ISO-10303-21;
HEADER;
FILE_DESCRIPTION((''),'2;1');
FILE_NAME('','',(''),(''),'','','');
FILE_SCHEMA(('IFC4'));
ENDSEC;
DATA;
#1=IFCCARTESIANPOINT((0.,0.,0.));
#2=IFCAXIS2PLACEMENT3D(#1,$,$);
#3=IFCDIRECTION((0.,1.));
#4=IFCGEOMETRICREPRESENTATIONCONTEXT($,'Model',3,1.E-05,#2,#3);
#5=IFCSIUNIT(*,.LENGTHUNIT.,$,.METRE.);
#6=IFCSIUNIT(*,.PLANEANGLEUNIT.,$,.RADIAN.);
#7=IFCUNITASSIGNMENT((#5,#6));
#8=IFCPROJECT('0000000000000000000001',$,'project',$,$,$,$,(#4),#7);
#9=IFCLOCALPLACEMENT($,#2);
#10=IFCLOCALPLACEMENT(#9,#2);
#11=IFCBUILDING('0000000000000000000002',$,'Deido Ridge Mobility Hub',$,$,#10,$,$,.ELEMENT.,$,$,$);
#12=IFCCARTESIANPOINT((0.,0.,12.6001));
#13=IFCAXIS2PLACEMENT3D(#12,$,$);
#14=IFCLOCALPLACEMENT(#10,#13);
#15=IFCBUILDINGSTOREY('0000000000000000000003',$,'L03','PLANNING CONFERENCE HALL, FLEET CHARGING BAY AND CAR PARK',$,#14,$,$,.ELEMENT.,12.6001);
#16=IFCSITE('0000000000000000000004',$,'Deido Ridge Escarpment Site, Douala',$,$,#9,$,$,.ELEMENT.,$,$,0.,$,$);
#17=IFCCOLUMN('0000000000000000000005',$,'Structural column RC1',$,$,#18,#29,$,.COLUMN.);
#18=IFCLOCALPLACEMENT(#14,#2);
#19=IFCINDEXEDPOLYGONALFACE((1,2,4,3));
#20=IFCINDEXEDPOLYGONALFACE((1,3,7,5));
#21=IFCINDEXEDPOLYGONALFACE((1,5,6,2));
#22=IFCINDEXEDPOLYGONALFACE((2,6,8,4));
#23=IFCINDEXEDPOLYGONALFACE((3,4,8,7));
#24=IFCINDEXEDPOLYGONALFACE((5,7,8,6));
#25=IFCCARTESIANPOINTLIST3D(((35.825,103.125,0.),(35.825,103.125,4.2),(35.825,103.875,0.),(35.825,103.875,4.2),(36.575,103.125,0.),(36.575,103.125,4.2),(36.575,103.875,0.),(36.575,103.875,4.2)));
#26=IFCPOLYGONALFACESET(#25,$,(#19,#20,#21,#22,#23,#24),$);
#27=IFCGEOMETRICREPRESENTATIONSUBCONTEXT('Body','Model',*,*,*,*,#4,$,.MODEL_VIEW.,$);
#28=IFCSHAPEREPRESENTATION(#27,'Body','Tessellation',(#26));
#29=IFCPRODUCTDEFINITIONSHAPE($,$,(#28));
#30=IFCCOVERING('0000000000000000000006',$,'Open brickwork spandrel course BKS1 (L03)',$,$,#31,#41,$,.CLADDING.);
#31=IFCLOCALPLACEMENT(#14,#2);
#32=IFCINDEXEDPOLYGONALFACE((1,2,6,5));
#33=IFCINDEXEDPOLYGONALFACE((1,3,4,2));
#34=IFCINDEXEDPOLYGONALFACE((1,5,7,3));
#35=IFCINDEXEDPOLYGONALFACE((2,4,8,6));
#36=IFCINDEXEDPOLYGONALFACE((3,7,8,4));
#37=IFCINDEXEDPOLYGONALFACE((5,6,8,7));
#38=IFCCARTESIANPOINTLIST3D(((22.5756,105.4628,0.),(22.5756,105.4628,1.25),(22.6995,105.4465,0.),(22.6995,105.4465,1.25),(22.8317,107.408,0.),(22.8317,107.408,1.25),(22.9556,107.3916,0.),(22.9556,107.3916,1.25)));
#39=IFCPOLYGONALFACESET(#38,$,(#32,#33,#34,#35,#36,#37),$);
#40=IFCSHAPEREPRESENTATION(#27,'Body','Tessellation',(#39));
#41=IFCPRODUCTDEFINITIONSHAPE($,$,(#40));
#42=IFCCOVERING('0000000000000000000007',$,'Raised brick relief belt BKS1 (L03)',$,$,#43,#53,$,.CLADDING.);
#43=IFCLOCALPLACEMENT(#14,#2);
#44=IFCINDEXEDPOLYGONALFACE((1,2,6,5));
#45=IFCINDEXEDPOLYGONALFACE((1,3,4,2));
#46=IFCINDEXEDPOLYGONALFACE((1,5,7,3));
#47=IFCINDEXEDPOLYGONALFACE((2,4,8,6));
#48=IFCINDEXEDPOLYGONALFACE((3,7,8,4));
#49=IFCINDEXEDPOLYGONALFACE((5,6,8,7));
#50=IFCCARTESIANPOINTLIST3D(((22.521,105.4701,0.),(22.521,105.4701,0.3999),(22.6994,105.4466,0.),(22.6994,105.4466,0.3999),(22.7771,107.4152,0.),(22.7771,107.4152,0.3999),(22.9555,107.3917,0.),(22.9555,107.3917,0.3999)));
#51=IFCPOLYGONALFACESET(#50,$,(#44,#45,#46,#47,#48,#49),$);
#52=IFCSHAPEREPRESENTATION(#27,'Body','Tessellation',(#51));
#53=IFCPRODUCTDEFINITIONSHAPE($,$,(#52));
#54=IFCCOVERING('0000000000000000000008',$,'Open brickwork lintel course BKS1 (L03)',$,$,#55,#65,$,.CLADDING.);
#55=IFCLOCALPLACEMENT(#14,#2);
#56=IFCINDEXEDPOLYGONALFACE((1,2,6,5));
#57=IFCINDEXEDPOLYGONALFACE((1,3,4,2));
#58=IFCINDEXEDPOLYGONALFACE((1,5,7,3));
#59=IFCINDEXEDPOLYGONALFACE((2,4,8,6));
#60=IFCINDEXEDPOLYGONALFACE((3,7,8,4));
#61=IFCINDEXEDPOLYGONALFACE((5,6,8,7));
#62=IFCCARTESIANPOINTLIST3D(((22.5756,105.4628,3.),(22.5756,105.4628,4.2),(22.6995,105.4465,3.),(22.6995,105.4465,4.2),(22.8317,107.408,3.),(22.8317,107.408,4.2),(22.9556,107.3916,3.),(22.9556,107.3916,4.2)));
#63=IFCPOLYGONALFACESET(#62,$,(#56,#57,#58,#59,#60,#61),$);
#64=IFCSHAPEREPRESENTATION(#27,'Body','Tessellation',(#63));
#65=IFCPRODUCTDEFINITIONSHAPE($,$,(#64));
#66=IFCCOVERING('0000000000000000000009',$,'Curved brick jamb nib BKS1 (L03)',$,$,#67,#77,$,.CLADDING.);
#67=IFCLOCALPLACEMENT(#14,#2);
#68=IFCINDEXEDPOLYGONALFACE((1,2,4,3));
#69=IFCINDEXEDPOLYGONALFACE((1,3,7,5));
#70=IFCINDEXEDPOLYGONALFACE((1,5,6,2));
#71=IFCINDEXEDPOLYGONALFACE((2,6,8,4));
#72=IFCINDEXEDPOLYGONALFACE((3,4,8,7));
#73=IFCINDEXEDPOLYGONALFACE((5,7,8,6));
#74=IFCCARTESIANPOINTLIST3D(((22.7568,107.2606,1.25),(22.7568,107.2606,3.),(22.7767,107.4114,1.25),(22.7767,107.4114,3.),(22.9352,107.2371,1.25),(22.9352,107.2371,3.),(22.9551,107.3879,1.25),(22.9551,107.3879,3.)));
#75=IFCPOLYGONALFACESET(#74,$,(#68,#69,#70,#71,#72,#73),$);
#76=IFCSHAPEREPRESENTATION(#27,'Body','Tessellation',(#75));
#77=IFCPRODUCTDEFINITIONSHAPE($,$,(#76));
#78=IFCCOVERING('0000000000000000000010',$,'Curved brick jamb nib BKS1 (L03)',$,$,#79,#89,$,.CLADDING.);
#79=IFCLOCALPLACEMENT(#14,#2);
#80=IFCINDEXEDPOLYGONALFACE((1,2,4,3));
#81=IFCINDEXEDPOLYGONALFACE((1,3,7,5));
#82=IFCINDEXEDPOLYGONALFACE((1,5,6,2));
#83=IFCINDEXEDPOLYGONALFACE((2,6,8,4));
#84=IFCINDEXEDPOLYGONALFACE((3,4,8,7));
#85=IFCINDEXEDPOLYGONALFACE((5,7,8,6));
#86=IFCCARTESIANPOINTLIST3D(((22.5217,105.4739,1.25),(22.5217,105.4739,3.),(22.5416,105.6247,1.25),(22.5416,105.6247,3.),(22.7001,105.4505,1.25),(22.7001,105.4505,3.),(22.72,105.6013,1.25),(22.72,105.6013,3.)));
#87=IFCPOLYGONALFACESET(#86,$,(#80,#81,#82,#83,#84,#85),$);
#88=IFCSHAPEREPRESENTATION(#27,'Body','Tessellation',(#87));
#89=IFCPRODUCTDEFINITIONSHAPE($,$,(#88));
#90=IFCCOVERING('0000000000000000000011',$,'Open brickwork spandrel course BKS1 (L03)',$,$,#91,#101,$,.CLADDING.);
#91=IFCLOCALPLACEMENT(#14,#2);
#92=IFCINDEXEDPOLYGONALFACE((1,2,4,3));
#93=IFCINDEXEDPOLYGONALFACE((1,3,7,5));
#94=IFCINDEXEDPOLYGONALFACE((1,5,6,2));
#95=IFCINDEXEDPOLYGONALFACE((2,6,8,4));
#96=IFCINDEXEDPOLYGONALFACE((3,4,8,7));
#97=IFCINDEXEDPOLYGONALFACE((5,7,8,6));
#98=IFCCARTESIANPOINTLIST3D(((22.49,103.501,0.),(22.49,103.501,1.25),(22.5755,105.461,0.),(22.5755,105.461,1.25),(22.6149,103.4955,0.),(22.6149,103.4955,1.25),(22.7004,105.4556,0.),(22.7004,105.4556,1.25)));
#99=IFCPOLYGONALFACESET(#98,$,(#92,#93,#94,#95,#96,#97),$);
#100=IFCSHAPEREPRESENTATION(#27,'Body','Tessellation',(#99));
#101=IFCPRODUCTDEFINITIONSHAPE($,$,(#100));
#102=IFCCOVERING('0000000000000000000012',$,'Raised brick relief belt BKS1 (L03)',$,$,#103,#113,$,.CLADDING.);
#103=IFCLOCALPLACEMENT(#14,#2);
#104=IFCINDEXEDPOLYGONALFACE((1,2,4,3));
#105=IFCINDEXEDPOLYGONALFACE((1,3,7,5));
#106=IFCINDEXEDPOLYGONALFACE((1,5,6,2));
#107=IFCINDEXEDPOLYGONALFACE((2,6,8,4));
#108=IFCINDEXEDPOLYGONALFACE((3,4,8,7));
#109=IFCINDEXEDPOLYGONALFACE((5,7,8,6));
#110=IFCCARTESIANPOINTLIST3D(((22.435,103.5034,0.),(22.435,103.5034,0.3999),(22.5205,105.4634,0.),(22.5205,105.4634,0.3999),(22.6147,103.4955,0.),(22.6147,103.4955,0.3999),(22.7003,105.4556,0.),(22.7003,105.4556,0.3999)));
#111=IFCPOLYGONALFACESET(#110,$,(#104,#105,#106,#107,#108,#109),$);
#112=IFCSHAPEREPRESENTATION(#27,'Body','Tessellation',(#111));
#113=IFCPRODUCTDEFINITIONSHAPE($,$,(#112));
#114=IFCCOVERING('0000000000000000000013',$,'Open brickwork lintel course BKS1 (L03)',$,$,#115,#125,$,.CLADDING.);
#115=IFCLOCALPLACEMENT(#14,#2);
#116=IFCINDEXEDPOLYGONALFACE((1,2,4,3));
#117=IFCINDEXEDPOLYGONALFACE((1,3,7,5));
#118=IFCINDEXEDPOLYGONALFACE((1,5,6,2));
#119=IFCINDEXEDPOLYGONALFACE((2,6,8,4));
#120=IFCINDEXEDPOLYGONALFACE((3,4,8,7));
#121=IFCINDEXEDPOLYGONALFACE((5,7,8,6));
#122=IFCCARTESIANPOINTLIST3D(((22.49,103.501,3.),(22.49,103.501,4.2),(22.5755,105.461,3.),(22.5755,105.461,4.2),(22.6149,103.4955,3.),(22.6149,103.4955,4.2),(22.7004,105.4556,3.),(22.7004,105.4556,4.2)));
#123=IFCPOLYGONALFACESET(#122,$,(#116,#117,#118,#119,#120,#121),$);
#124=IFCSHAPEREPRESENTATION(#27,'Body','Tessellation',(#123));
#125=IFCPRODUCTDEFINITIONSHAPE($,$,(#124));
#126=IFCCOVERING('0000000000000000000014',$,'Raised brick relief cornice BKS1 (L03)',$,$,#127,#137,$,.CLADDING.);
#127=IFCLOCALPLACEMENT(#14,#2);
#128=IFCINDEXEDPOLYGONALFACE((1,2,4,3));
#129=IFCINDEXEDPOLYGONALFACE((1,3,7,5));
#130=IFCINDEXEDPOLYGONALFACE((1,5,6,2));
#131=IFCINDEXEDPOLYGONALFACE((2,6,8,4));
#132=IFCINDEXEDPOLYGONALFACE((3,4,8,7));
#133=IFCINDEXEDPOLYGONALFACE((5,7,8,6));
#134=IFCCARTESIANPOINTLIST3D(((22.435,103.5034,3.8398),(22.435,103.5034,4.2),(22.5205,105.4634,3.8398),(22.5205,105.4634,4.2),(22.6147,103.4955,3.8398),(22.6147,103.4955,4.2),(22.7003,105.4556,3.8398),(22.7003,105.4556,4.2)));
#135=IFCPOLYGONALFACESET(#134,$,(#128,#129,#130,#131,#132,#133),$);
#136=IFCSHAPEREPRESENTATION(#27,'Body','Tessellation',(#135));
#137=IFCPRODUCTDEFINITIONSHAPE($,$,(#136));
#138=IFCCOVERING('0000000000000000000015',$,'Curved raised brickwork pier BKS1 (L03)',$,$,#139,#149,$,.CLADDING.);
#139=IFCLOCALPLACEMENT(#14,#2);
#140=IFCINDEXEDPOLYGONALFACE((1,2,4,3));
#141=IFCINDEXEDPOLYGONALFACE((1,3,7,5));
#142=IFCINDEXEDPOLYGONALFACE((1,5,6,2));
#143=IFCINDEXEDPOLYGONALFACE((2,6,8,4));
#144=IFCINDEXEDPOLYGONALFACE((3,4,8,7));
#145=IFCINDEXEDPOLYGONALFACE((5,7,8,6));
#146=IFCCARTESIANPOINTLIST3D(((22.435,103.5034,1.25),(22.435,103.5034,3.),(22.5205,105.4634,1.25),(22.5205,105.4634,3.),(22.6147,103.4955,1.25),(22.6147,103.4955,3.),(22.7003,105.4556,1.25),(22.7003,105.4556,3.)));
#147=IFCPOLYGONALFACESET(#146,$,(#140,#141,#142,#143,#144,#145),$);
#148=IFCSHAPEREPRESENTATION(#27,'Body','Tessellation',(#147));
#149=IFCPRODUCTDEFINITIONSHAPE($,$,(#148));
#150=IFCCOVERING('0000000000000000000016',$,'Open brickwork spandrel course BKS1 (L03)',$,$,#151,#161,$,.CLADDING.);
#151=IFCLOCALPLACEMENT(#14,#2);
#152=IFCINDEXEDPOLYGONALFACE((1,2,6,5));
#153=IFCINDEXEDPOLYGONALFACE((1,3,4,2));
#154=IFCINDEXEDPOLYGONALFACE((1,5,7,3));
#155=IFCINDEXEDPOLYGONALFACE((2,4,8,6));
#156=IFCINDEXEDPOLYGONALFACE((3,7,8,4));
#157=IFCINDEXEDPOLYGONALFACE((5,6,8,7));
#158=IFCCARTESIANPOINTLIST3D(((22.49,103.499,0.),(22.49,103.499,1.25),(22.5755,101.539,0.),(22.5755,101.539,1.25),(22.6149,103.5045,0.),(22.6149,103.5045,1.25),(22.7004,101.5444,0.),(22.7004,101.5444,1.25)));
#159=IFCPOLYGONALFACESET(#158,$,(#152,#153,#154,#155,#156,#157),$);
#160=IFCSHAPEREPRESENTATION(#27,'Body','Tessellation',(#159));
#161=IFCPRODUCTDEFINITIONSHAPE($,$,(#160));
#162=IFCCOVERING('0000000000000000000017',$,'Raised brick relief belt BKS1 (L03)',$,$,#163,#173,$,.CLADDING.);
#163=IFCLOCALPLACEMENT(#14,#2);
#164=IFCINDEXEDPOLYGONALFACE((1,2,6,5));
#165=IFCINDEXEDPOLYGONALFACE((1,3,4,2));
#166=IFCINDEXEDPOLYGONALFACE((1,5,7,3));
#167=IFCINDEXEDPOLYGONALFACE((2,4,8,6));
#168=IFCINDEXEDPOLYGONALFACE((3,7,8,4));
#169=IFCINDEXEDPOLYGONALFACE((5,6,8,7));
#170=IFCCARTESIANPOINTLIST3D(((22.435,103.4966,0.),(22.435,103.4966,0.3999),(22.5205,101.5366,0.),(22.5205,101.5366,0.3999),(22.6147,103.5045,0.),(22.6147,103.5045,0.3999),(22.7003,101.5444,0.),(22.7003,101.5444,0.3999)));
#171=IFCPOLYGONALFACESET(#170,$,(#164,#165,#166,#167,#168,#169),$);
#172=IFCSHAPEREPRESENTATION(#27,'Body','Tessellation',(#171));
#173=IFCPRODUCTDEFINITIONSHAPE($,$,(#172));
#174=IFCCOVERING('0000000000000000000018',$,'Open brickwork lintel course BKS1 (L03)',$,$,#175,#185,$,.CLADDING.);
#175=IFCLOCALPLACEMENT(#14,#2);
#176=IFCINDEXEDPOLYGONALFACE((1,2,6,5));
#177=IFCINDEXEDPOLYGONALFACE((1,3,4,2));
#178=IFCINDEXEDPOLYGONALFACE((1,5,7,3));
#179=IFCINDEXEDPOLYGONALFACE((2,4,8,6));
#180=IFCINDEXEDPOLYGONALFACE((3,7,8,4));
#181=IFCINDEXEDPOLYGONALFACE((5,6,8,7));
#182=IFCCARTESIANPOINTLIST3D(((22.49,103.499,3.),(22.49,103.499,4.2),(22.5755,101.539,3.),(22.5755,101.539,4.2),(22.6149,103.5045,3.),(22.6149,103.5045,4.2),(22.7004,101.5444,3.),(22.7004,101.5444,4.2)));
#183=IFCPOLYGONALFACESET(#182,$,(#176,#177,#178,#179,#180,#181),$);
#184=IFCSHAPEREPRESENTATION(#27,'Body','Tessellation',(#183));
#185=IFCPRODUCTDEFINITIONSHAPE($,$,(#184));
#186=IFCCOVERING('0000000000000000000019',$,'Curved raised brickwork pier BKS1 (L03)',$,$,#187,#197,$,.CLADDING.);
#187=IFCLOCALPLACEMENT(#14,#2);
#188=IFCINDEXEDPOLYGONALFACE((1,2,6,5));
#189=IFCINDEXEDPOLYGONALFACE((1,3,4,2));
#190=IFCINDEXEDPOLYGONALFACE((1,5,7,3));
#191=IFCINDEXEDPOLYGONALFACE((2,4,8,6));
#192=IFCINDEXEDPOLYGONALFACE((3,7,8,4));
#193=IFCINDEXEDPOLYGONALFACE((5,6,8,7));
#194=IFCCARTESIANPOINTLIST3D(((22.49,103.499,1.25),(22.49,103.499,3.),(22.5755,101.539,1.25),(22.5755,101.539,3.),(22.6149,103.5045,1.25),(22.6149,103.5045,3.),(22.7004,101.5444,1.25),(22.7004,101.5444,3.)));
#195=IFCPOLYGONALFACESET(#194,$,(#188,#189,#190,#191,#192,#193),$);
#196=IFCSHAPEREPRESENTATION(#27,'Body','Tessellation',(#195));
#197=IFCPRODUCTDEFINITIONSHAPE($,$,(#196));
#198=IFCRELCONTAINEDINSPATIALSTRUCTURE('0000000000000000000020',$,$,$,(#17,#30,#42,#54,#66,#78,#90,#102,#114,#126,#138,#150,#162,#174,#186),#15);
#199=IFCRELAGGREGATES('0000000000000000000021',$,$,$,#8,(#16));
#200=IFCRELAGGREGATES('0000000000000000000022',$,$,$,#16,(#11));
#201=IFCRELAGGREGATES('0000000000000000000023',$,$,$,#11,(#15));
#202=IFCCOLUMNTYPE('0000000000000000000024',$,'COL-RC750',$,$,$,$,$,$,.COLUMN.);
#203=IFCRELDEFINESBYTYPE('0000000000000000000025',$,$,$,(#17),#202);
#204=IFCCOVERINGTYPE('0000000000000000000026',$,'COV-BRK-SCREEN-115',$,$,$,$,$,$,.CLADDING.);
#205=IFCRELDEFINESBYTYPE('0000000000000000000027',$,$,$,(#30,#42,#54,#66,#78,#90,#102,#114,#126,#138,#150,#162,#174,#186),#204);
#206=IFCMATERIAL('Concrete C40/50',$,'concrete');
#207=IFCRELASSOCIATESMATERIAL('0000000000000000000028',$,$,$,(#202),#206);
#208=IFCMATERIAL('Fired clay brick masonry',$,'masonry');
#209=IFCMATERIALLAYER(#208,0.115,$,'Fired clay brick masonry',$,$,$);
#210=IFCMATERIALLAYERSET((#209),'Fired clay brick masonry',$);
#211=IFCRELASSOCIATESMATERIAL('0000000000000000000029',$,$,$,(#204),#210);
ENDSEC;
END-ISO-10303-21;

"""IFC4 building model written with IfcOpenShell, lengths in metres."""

from ifc_helpers import new_model, si_unit, direction, frame, origin, origin_2d, place, context, subcontext, project, spatial, rectangle, extrude, material, layer, layer_set, material_profile, profile_set, type_object, element, save


model = new_model("IFC4")

# Units and contexts
model_context = context("Model", 3, precision=1e-05, world=origin(), true_north=direction((0.0, 1.0)))
body_context = subcontext(model_context, "Body", "Model", "MODEL_VIEW")
ifc_project = project(units=[si_unit("LENGTHUNIT", "METRE"), si_unit("PLANEANGLEUNIT", "RADIAN")], contexts=[model_context])

# Site, building, storey
site_placement = place(None, origin())
site = spatial("IfcSite", under=ifc_project, at=site_placement, Name="Deido Ridge Escarpment Site, Douala", CompositionType="ELEMENT", RefElevation=0.0)
building_placement = place(site_placement, origin())
building = spatial("IfcBuilding", under=site, at=building_placement, Name="Deido Ridge Mobility Hub", CompositionType="ELEMENT")
storey_placement = place(building_placement, frame((0.0, 0.0, 12.6001)))
storey = spatial("IfcBuildingStorey", under=building, at=storey_placement, Name="L03", Description="PLANNING CONFERENCE HALL, FLEET CHARGING BAY AND CAR PARK", CompositionType="ELEMENT", Elevation=12.6001)

# Column
ifc_material_1 = material(Name="Concrete C40/50", Category="concrete")
ifc_material_profile = material_profile(ifc_material_1, rectangle(XDim=0.75, YDim=0.75, at=origin_2d()), Name="RC COL 750x750")
ifc_profile_set = profile_set([ifc_material_profile], Name="Concrete C40/50")
column_type = type_object("IfcColumnType", Name="COL-RC750", PredefinedType="COLUMN", material=ifc_profile_set)
column_placement = place(storey_placement, frame((36.2, 103.5, 0.0), z_axis=(0.0, 0.0, 1.0), x_axis=(1.0, 0.0, 0.0)))
element("IfcColumn", 1, at=column_placement, inside=storey, type_object=column_type, Name="Structural column RC1", PredefinedType="COLUMN", context=body_context, shape_type="SweptSolid", body=[
    extrude(rectangle(XDim=0.75, YDim=0.75, at=origin_2d()), origin(), (0.0, 0.0, 1.0), 4.2),
])

# Coverings
ifc_material_2 = material(Name="Fired clay brick masonry", Category="masonry")
ifc_layer = layer(ifc_material_2, 0.115, Name="Fired clay brick masonry")
ifc_layer_set = layer_set([ifc_layer], Name="Fired clay brick masonry")
covering_type = type_object("IfcCoveringType", Name="COV-BRK-SCREEN-115", PredefinedType="CLADDING", material=ifc_layer_set)
covering_1_placement = place(storey_placement, frame((22.7656, 106.4272, 0.0), z_axis=(0.0, 0.0, 1.0), x_axis=(-0.130543, -0.991443, 0.0)))
element("IfcCovering", 2, at=covering_1_placement, inside=storey, type_object=covering_type, Name="Open brickwork spandrel course BKS1 (L03)", PredefinedType="CLADDING", context=body_context, shape_type="SweptSolid", body=[
    extrude(rectangle(XDim=1.9619, YDim=0.125, at=origin_2d()), origin(), (0.0, 0.0, 1.0), 1.25),
])
covering_2_placement = place(storey_placement, frame((22.7383, 106.4309, 0.0), z_axis=(0.0, 0.0, 1.0), x_axis=(-0.130543, -0.991443, 0.0)))
element("IfcCovering", 3, at=covering_2_placement, inside=storey, type_object=covering_type, Name="Raised brick relief belt BKS1 (L03)", PredefinedType="CLADDING", context=body_context, shape_type="SweptSolid", body=[
    extrude(rectangle(XDim=1.9619, YDim=0.1799, at=origin_2d()), origin(), (0.0, 0.0, 1.0), 0.3999),
])
covering_3_placement = place(storey_placement, frame((22.7656, 106.4272, 3.0), z_axis=(0.0, 0.0, 1.0), x_axis=(-0.130543, -0.991443, 0.0)))
element("IfcCovering", 4, at=covering_3_placement, inside=storey, type_object=covering_type, Name="Open brickwork lintel course BKS1 (L03)", PredefinedType="CLADDING", context=body_context, shape_type="SweptSolid", body=[
    extrude(rectangle(XDim=1.9619, YDim=0.125, at=origin_2d()), origin(), (0.0, 0.0, 1.0), 1.2),
])
for number, where, z_axis, x_axis, name in (
    (5, (22.856, 107.3242, 1.25), (0.0, 0.0, 1.0), (-0.130543, -0.991443, 0.0), "Curved brick jamb nib BKS1 (L03)"),
    (6, (22.6208, 105.5376, 1.25), (0.0, 0.0, 1.0), (-0.130543, -0.991443, 0.0), "Curved brick jamb nib BKS1 (L03)"),
):
    element("IfcCovering", number, at=place(storey_placement, frame(where, z_axis=z_axis, x_axis=x_axis)), inside=storey, type_object=covering_type, Name=name, PredefinedType="CLADDING", context=body_context, shape_type="SweptSolid", body=[
        extrude(rectangle(XDim=0.1521, YDim=0.1799, at=origin_2d()), origin(), (0.0, 0.0, 1.0), 1.75),
    ])
covering_4_placement = place(storey_placement, frame((22.5952, 104.4783, 0.0), z_axis=(0.0, 0.0, 1.0), x_axis=(-0.043602, -0.999049, 0.0)))
element("IfcCovering", 7, at=covering_4_placement, inside=storey, type_object=covering_type, Name="Open brickwork spandrel course BKS1 (L03)", PredefinedType="CLADDING", context=body_context, shape_type="SweptSolid", body=[
    extrude(rectangle(XDim=1.9619, YDim=0.125, at=origin_2d()), origin(), (0.0, 0.0, 1.0), 1.25),
])
covering_5_placement = place(storey_placement, frame((22.5676, 104.4795, 0.0), z_axis=(0.0, 0.0, 1.0), x_axis=(-0.043602, -0.999049, 0.0)))
element("IfcCovering", 8, at=covering_5_placement, inside=storey, type_object=covering_type, Name="Raised brick relief belt BKS1 (L03)", PredefinedType="CLADDING", context=body_context, shape_type="SweptSolid", body=[
    extrude(rectangle(XDim=1.9619, YDim=0.1799, at=origin_2d()), origin(), (0.0, 0.0, 1.0), 0.3999),
])
covering_6_placement = place(storey_placement, frame((22.5952, 104.4783, 3.0), z_axis=(0.0, 0.0, 1.0), x_axis=(-0.043602, -0.999049, 0.0)))
element("IfcCovering", 9, at=covering_6_placement, inside=storey, type_object=covering_type, Name="Open brickwork lintel course BKS1 (L03)", PredefinedType="CLADDING", context=body_context, shape_type="SweptSolid", body=[
    extrude(rectangle(XDim=1.9619, YDim=0.125, at=origin_2d()), origin(), (0.0, 0.0, 1.0), 1.2),
])
covering_7_placement = place(storey_placement, frame((22.5676, 104.4795, 3.8398), z_axis=(0.0, 0.0, 1.0), x_axis=(-0.043602, -0.999049, 0.0)))
element("IfcCovering", 10, at=covering_7_placement, inside=storey, type_object=covering_type, Name="Raised brick relief cornice BKS1 (L03)", PredefinedType="CLADDING", context=body_context, shape_type="SweptSolid", body=[
    extrude(rectangle(XDim=1.9619, YDim=0.1799, at=origin_2d()), origin(), (0.0, 0.0, 1.0), 0.3601),
])
covering_8_placement = place(storey_placement, frame((22.5676, 104.4795, 1.25), z_axis=(0.0, 0.0, 1.0), x_axis=(-0.043602, -0.999049, 0.0)))
element("IfcCovering", 11, at=covering_8_placement, inside=storey, type_object=covering_type, Name="Curved raised brickwork pier BKS1 (L03)", PredefinedType="CLADDING", context=body_context, shape_type="SweptSolid", body=[
    extrude(rectangle(XDim=1.9619, YDim=0.1799, at=origin_2d()), origin(), (0.0, 0.0, 1.0), 1.75),
])
covering_9_placement = place(storey_placement, frame((22.5952, 102.5217, 0.0), z_axis=(0.0, 0.0, 1.0), x_axis=(0.043602, -0.999049, 0.0)))
element("IfcCovering", 12, at=covering_9_placement, inside=storey, type_object=covering_type, Name="Open brickwork spandrel course BKS1 (L03)", PredefinedType="CLADDING", context=body_context, shape_type="SweptSolid", body=[
    extrude(rectangle(XDim=1.9619, YDim=0.125, at=origin_2d()), origin(), (0.0, 0.0, 1.0), 1.25),
])
covering_10_placement = place(storey_placement, frame((22.5676, 102.5205, 0.0), z_axis=(0.0, 0.0, 1.0), x_axis=(0.043602, -0.999049, 0.0)))
element("IfcCovering", 13, at=covering_10_placement, inside=storey, type_object=covering_type, Name="Raised brick relief belt BKS1 (L03)", PredefinedType="CLADDING", context=body_context, shape_type="SweptSolid", body=[
    extrude(rectangle(XDim=1.9619, YDim=0.1799, at=origin_2d()), origin(), (0.0, 0.0, 1.0), 0.3999),
])
covering_11_placement = place(storey_placement, frame((22.5952, 102.5217, 3.0), z_axis=(0.0, 0.0, 1.0), x_axis=(0.043602, -0.999049, 0.0)))
element("IfcCovering", 14, at=covering_11_placement, inside=storey, type_object=covering_type, Name="Open brickwork lintel course BKS1 (L03)", PredefinedType="CLADDING", context=body_context, shape_type="SweptSolid", body=[
    extrude(rectangle(XDim=1.9619, YDim=0.125, at=origin_2d()), origin(), (0.0, 0.0, 1.0), 1.2),
])
covering_12_placement = place(storey_placement, frame((22.5952, 102.5217, 1.25), z_axis=(0.0, 0.0, 1.0), x_axis=(0.043602, -0.999049, 0.0)))
element("IfcCovering", 15, at=covering_12_placement, inside=storey, type_object=covering_type, Name="Curved raised brickwork pier BKS1 (L03)", PredefinedType="CLADDING", context=body_context, shape_type="SweptSolid", body=[
    extrude(rectangle(XDim=1.9619, YDim=0.125, at=origin_2d()), origin(), (0.0, 0.0, 1.0), 1.75),
])

save(model, "model.ifc")
